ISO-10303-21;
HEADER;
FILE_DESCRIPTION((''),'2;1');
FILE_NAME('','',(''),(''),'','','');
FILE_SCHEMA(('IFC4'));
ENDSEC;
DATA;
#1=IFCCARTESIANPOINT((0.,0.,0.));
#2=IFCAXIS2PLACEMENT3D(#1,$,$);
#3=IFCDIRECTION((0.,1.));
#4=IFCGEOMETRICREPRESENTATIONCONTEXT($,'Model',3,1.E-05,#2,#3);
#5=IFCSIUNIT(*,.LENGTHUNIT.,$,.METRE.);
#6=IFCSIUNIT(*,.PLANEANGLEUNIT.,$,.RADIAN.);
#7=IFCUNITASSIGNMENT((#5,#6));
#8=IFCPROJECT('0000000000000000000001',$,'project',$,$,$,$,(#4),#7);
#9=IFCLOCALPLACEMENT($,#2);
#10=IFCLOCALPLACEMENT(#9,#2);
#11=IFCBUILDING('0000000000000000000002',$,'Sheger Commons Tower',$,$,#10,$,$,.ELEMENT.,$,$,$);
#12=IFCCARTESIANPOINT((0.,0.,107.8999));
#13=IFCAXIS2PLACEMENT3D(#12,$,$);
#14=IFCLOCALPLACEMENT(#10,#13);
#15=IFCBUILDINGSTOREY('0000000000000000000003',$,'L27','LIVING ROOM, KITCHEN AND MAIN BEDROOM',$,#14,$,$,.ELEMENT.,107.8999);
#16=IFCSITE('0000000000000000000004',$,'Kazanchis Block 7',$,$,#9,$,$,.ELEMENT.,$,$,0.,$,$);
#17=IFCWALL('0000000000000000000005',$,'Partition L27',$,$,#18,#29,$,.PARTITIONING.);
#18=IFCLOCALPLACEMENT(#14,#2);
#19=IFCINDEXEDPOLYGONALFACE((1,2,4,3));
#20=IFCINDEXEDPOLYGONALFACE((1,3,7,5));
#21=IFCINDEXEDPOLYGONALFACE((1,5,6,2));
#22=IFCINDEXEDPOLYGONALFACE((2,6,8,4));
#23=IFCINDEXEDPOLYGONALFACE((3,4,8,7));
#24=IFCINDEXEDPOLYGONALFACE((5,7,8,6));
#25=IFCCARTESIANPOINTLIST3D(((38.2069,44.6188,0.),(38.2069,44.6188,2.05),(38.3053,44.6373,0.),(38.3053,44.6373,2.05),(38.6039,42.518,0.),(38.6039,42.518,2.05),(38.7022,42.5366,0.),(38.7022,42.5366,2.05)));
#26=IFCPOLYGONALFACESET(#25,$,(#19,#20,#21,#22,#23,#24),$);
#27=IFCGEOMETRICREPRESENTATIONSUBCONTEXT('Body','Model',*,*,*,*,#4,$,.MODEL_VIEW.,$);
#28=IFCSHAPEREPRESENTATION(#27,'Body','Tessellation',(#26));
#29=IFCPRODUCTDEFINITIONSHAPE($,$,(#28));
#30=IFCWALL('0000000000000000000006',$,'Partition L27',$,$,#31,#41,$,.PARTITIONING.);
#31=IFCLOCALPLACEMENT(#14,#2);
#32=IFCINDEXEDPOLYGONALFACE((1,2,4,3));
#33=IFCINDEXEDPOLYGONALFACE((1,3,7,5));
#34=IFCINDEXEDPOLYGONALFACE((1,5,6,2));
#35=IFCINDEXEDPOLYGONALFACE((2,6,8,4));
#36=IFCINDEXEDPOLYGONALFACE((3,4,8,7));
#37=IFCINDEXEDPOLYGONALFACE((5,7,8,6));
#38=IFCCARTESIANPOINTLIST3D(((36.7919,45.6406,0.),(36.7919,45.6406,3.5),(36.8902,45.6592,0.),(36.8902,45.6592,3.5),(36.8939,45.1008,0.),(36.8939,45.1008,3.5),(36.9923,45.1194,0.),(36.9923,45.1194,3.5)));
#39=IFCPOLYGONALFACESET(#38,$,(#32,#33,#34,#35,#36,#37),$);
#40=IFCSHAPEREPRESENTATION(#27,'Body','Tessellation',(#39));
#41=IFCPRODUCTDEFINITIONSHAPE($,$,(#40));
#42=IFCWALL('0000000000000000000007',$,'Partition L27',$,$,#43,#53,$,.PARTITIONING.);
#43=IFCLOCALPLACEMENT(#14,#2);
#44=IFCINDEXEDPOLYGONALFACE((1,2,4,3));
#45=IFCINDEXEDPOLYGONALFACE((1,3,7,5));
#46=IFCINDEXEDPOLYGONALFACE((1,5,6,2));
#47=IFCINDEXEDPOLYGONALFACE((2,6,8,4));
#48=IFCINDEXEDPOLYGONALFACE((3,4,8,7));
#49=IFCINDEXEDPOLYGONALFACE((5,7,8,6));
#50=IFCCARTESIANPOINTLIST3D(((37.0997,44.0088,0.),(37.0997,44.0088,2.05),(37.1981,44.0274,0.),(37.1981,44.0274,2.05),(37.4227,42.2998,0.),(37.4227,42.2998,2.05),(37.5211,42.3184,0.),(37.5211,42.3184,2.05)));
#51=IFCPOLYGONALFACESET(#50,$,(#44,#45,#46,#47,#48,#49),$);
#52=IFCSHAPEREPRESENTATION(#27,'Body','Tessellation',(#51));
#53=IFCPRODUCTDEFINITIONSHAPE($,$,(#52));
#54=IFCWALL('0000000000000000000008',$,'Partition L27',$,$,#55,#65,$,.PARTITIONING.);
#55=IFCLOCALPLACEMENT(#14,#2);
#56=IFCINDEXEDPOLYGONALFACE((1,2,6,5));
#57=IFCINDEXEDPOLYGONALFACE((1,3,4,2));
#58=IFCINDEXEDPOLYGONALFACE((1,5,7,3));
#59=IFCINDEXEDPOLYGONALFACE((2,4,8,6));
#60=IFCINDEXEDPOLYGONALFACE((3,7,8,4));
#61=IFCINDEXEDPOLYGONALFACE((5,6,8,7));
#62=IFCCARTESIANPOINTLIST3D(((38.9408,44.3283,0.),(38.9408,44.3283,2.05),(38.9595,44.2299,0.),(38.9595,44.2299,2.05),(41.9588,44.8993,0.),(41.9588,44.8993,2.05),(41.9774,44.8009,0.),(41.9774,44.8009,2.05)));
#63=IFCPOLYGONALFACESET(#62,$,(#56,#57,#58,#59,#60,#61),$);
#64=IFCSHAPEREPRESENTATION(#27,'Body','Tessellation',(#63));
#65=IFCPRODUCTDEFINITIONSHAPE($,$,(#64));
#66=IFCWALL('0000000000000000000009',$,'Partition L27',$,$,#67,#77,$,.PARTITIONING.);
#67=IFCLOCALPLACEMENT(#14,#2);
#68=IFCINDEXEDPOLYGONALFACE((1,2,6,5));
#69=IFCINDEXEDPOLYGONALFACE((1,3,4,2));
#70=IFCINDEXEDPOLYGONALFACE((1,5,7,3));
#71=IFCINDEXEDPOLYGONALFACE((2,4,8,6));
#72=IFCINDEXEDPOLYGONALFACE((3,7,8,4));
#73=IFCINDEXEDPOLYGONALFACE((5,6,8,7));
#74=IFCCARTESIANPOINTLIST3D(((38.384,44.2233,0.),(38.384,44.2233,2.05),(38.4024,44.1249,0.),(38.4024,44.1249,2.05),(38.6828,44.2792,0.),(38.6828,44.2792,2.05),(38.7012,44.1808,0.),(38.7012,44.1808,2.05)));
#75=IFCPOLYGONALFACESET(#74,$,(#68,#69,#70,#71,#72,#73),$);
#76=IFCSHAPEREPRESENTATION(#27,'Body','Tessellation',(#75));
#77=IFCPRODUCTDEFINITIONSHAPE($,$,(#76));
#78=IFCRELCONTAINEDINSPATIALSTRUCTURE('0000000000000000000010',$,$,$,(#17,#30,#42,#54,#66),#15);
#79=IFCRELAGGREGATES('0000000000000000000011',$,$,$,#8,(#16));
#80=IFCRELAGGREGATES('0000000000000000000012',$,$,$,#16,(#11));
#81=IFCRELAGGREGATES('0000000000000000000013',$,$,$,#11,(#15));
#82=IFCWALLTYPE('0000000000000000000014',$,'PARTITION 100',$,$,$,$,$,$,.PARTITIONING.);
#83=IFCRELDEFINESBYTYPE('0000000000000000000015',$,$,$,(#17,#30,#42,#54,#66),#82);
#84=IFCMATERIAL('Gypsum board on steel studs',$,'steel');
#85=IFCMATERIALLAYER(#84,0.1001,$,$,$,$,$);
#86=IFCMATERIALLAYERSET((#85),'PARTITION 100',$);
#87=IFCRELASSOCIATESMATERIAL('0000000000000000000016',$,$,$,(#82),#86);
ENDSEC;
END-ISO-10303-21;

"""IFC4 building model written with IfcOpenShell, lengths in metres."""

from ifc_helpers import new_model, si_unit, direction, frame, frame_2d, origin, place, context, subcontext, project, spatial, rectangle, extrude, material, layer, layer_set, type_object, element, save


model = new_model("IFC4")

# Units and contexts
model_context = context("Model", 3, precision=1e-05, world=origin(), true_north=direction((0.0, 1.0)))
body_context = subcontext(model_context, "Body", "Model", "MODEL_VIEW")
ifc_project = project(units=[si_unit("LENGTHUNIT", "METRE"), si_unit("PLANEANGLEUNIT", "RADIAN")], contexts=[model_context])

# Site, building, storey
site_placement = place(None, origin())
site = spatial("IfcSite", under=ifc_project, at=site_placement, Name="Kazanchis Block 7", CompositionType="ELEMENT", RefElevation=0.0)
building_placement = place(site_placement, origin())
building = spatial("IfcBuilding", under=site, at=building_placement, Name="Sheger Commons Tower", CompositionType="ELEMENT")
storey_placement = place(building_placement, frame((0.0, 0.0, 107.8999)))
storey = spatial("IfcBuildingStorey", under=building, at=storey_placement, Name="L27", Description="LIVING ROOM, KITCHEN AND MAIN BEDROOM", CompositionType="ELEMENT", Elevation=107.8999)

# Walls
ifc_material_1 = material(Name="Gypsum board on steel studs", Category="steel")
ifc_layer_1 = layer(ifc_material_1, 0.1001)
ifc_layer_set_1 = layer_set([ifc_layer_1], Name="PARTITION 100")
wall_type_1 = type_object("IfcWallType", Name="PARTITION 100", PredefinedType="PARTITIONING", material=ifc_layer_set_1)
wall_1_placement = place(storey_placement, frame((38.2561, 44.6279, 0.0), z_axis=(0.0, 0.0, 1.0), x_axis=(0.185674, -0.982611, 0.0)))
element("IfcWall", 1, at=wall_1_placement, inside=storey, type_object=wall_type_1, Name="Partition L27", PredefinedType="PARTITIONING", context=body_context, shape_type="SweptSolid", body=[
    extrude(rectangle(XDim=2.1379, YDim=0.1001, at=frame_2d((1.0688, 0.0))), origin(), (0.0, 0.0, 1.0), 2.05),
])
wall_2_placement = place(storey_placement, frame((36.8411, 45.6499, 0.0), z_axis=(0.0, 0.0, 1.0), x_axis=(0.185764, -0.982594, 0.0)))
element("IfcWall", 2, at=wall_2_placement, inside=storey, type_object=wall_type_1, Name="Partition L27", PredefinedType="PARTITIONING", context=body_context, shape_type="SweptSolid", body=[
    extrude(rectangle(XDim=0.5493, YDim=0.1001, at=frame_2d((0.2747, 0.0))), origin(), (0.0, 0.0, 1.0), 3.5),
])
wall_3_placement = place(storey_placement, frame((37.1489, 44.0181, 0.0), z_axis=(0.0, 0.0, 1.0), x_axis=(0.185712, -0.982604, 0.0)))
element("IfcWall", 3, at=wall_3_placement, inside=storey, type_object=wall_type_1, Name="Partition L27", PredefinedType="PARTITIONING", context=body_context, shape_type="SweptSolid", body=[
    extrude(rectangle(XDim=1.7393, YDim=0.1001, at=frame_2d((0.8696, 0.0))), origin(), (0.0, 0.0, 1.0), 2.05),
])
wall_4_placement = place(storey_placement, frame((41.968, 44.8501, 0.0), z_axis=(0.0, 0.0, 1.0), x_axis=(-0.982567, -0.18591, 0.0)))
element("IfcWall", 4, at=wall_4_placement, inside=storey, type_object=wall_type_1, Name="Partition L27", PredefinedType="PARTITIONING", context=body_context, shape_type="SweptSolid", body=[
    extrude(rectangle(XDim=3.0715, YDim=0.1001, at=frame_2d((1.5356, 0.0))), origin(), (0.0, 0.0, 1.0), 2.05),
])
wall_5_placement = place(storey_placement, frame((38.6919, 44.23, 0.0), z_axis=(0.0, 0.0, 1.0), x_axis=(-0.982945, -0.183901, 0.0)))
element("IfcWall", 5, at=wall_5_placement, inside=storey, type_object=wall_type_1, Name="Partition L27", PredefinedType="PARTITIONING", context=body_context, shape_type="SweptSolid", body=[
    extrude(rectangle(XDim=0.304, YDim=0.1001, at=frame_2d((0.1519, 0.0))), origin(), (0.0, 0.0, 1.0), 2.05),
])

save(model, "model.ifc")
